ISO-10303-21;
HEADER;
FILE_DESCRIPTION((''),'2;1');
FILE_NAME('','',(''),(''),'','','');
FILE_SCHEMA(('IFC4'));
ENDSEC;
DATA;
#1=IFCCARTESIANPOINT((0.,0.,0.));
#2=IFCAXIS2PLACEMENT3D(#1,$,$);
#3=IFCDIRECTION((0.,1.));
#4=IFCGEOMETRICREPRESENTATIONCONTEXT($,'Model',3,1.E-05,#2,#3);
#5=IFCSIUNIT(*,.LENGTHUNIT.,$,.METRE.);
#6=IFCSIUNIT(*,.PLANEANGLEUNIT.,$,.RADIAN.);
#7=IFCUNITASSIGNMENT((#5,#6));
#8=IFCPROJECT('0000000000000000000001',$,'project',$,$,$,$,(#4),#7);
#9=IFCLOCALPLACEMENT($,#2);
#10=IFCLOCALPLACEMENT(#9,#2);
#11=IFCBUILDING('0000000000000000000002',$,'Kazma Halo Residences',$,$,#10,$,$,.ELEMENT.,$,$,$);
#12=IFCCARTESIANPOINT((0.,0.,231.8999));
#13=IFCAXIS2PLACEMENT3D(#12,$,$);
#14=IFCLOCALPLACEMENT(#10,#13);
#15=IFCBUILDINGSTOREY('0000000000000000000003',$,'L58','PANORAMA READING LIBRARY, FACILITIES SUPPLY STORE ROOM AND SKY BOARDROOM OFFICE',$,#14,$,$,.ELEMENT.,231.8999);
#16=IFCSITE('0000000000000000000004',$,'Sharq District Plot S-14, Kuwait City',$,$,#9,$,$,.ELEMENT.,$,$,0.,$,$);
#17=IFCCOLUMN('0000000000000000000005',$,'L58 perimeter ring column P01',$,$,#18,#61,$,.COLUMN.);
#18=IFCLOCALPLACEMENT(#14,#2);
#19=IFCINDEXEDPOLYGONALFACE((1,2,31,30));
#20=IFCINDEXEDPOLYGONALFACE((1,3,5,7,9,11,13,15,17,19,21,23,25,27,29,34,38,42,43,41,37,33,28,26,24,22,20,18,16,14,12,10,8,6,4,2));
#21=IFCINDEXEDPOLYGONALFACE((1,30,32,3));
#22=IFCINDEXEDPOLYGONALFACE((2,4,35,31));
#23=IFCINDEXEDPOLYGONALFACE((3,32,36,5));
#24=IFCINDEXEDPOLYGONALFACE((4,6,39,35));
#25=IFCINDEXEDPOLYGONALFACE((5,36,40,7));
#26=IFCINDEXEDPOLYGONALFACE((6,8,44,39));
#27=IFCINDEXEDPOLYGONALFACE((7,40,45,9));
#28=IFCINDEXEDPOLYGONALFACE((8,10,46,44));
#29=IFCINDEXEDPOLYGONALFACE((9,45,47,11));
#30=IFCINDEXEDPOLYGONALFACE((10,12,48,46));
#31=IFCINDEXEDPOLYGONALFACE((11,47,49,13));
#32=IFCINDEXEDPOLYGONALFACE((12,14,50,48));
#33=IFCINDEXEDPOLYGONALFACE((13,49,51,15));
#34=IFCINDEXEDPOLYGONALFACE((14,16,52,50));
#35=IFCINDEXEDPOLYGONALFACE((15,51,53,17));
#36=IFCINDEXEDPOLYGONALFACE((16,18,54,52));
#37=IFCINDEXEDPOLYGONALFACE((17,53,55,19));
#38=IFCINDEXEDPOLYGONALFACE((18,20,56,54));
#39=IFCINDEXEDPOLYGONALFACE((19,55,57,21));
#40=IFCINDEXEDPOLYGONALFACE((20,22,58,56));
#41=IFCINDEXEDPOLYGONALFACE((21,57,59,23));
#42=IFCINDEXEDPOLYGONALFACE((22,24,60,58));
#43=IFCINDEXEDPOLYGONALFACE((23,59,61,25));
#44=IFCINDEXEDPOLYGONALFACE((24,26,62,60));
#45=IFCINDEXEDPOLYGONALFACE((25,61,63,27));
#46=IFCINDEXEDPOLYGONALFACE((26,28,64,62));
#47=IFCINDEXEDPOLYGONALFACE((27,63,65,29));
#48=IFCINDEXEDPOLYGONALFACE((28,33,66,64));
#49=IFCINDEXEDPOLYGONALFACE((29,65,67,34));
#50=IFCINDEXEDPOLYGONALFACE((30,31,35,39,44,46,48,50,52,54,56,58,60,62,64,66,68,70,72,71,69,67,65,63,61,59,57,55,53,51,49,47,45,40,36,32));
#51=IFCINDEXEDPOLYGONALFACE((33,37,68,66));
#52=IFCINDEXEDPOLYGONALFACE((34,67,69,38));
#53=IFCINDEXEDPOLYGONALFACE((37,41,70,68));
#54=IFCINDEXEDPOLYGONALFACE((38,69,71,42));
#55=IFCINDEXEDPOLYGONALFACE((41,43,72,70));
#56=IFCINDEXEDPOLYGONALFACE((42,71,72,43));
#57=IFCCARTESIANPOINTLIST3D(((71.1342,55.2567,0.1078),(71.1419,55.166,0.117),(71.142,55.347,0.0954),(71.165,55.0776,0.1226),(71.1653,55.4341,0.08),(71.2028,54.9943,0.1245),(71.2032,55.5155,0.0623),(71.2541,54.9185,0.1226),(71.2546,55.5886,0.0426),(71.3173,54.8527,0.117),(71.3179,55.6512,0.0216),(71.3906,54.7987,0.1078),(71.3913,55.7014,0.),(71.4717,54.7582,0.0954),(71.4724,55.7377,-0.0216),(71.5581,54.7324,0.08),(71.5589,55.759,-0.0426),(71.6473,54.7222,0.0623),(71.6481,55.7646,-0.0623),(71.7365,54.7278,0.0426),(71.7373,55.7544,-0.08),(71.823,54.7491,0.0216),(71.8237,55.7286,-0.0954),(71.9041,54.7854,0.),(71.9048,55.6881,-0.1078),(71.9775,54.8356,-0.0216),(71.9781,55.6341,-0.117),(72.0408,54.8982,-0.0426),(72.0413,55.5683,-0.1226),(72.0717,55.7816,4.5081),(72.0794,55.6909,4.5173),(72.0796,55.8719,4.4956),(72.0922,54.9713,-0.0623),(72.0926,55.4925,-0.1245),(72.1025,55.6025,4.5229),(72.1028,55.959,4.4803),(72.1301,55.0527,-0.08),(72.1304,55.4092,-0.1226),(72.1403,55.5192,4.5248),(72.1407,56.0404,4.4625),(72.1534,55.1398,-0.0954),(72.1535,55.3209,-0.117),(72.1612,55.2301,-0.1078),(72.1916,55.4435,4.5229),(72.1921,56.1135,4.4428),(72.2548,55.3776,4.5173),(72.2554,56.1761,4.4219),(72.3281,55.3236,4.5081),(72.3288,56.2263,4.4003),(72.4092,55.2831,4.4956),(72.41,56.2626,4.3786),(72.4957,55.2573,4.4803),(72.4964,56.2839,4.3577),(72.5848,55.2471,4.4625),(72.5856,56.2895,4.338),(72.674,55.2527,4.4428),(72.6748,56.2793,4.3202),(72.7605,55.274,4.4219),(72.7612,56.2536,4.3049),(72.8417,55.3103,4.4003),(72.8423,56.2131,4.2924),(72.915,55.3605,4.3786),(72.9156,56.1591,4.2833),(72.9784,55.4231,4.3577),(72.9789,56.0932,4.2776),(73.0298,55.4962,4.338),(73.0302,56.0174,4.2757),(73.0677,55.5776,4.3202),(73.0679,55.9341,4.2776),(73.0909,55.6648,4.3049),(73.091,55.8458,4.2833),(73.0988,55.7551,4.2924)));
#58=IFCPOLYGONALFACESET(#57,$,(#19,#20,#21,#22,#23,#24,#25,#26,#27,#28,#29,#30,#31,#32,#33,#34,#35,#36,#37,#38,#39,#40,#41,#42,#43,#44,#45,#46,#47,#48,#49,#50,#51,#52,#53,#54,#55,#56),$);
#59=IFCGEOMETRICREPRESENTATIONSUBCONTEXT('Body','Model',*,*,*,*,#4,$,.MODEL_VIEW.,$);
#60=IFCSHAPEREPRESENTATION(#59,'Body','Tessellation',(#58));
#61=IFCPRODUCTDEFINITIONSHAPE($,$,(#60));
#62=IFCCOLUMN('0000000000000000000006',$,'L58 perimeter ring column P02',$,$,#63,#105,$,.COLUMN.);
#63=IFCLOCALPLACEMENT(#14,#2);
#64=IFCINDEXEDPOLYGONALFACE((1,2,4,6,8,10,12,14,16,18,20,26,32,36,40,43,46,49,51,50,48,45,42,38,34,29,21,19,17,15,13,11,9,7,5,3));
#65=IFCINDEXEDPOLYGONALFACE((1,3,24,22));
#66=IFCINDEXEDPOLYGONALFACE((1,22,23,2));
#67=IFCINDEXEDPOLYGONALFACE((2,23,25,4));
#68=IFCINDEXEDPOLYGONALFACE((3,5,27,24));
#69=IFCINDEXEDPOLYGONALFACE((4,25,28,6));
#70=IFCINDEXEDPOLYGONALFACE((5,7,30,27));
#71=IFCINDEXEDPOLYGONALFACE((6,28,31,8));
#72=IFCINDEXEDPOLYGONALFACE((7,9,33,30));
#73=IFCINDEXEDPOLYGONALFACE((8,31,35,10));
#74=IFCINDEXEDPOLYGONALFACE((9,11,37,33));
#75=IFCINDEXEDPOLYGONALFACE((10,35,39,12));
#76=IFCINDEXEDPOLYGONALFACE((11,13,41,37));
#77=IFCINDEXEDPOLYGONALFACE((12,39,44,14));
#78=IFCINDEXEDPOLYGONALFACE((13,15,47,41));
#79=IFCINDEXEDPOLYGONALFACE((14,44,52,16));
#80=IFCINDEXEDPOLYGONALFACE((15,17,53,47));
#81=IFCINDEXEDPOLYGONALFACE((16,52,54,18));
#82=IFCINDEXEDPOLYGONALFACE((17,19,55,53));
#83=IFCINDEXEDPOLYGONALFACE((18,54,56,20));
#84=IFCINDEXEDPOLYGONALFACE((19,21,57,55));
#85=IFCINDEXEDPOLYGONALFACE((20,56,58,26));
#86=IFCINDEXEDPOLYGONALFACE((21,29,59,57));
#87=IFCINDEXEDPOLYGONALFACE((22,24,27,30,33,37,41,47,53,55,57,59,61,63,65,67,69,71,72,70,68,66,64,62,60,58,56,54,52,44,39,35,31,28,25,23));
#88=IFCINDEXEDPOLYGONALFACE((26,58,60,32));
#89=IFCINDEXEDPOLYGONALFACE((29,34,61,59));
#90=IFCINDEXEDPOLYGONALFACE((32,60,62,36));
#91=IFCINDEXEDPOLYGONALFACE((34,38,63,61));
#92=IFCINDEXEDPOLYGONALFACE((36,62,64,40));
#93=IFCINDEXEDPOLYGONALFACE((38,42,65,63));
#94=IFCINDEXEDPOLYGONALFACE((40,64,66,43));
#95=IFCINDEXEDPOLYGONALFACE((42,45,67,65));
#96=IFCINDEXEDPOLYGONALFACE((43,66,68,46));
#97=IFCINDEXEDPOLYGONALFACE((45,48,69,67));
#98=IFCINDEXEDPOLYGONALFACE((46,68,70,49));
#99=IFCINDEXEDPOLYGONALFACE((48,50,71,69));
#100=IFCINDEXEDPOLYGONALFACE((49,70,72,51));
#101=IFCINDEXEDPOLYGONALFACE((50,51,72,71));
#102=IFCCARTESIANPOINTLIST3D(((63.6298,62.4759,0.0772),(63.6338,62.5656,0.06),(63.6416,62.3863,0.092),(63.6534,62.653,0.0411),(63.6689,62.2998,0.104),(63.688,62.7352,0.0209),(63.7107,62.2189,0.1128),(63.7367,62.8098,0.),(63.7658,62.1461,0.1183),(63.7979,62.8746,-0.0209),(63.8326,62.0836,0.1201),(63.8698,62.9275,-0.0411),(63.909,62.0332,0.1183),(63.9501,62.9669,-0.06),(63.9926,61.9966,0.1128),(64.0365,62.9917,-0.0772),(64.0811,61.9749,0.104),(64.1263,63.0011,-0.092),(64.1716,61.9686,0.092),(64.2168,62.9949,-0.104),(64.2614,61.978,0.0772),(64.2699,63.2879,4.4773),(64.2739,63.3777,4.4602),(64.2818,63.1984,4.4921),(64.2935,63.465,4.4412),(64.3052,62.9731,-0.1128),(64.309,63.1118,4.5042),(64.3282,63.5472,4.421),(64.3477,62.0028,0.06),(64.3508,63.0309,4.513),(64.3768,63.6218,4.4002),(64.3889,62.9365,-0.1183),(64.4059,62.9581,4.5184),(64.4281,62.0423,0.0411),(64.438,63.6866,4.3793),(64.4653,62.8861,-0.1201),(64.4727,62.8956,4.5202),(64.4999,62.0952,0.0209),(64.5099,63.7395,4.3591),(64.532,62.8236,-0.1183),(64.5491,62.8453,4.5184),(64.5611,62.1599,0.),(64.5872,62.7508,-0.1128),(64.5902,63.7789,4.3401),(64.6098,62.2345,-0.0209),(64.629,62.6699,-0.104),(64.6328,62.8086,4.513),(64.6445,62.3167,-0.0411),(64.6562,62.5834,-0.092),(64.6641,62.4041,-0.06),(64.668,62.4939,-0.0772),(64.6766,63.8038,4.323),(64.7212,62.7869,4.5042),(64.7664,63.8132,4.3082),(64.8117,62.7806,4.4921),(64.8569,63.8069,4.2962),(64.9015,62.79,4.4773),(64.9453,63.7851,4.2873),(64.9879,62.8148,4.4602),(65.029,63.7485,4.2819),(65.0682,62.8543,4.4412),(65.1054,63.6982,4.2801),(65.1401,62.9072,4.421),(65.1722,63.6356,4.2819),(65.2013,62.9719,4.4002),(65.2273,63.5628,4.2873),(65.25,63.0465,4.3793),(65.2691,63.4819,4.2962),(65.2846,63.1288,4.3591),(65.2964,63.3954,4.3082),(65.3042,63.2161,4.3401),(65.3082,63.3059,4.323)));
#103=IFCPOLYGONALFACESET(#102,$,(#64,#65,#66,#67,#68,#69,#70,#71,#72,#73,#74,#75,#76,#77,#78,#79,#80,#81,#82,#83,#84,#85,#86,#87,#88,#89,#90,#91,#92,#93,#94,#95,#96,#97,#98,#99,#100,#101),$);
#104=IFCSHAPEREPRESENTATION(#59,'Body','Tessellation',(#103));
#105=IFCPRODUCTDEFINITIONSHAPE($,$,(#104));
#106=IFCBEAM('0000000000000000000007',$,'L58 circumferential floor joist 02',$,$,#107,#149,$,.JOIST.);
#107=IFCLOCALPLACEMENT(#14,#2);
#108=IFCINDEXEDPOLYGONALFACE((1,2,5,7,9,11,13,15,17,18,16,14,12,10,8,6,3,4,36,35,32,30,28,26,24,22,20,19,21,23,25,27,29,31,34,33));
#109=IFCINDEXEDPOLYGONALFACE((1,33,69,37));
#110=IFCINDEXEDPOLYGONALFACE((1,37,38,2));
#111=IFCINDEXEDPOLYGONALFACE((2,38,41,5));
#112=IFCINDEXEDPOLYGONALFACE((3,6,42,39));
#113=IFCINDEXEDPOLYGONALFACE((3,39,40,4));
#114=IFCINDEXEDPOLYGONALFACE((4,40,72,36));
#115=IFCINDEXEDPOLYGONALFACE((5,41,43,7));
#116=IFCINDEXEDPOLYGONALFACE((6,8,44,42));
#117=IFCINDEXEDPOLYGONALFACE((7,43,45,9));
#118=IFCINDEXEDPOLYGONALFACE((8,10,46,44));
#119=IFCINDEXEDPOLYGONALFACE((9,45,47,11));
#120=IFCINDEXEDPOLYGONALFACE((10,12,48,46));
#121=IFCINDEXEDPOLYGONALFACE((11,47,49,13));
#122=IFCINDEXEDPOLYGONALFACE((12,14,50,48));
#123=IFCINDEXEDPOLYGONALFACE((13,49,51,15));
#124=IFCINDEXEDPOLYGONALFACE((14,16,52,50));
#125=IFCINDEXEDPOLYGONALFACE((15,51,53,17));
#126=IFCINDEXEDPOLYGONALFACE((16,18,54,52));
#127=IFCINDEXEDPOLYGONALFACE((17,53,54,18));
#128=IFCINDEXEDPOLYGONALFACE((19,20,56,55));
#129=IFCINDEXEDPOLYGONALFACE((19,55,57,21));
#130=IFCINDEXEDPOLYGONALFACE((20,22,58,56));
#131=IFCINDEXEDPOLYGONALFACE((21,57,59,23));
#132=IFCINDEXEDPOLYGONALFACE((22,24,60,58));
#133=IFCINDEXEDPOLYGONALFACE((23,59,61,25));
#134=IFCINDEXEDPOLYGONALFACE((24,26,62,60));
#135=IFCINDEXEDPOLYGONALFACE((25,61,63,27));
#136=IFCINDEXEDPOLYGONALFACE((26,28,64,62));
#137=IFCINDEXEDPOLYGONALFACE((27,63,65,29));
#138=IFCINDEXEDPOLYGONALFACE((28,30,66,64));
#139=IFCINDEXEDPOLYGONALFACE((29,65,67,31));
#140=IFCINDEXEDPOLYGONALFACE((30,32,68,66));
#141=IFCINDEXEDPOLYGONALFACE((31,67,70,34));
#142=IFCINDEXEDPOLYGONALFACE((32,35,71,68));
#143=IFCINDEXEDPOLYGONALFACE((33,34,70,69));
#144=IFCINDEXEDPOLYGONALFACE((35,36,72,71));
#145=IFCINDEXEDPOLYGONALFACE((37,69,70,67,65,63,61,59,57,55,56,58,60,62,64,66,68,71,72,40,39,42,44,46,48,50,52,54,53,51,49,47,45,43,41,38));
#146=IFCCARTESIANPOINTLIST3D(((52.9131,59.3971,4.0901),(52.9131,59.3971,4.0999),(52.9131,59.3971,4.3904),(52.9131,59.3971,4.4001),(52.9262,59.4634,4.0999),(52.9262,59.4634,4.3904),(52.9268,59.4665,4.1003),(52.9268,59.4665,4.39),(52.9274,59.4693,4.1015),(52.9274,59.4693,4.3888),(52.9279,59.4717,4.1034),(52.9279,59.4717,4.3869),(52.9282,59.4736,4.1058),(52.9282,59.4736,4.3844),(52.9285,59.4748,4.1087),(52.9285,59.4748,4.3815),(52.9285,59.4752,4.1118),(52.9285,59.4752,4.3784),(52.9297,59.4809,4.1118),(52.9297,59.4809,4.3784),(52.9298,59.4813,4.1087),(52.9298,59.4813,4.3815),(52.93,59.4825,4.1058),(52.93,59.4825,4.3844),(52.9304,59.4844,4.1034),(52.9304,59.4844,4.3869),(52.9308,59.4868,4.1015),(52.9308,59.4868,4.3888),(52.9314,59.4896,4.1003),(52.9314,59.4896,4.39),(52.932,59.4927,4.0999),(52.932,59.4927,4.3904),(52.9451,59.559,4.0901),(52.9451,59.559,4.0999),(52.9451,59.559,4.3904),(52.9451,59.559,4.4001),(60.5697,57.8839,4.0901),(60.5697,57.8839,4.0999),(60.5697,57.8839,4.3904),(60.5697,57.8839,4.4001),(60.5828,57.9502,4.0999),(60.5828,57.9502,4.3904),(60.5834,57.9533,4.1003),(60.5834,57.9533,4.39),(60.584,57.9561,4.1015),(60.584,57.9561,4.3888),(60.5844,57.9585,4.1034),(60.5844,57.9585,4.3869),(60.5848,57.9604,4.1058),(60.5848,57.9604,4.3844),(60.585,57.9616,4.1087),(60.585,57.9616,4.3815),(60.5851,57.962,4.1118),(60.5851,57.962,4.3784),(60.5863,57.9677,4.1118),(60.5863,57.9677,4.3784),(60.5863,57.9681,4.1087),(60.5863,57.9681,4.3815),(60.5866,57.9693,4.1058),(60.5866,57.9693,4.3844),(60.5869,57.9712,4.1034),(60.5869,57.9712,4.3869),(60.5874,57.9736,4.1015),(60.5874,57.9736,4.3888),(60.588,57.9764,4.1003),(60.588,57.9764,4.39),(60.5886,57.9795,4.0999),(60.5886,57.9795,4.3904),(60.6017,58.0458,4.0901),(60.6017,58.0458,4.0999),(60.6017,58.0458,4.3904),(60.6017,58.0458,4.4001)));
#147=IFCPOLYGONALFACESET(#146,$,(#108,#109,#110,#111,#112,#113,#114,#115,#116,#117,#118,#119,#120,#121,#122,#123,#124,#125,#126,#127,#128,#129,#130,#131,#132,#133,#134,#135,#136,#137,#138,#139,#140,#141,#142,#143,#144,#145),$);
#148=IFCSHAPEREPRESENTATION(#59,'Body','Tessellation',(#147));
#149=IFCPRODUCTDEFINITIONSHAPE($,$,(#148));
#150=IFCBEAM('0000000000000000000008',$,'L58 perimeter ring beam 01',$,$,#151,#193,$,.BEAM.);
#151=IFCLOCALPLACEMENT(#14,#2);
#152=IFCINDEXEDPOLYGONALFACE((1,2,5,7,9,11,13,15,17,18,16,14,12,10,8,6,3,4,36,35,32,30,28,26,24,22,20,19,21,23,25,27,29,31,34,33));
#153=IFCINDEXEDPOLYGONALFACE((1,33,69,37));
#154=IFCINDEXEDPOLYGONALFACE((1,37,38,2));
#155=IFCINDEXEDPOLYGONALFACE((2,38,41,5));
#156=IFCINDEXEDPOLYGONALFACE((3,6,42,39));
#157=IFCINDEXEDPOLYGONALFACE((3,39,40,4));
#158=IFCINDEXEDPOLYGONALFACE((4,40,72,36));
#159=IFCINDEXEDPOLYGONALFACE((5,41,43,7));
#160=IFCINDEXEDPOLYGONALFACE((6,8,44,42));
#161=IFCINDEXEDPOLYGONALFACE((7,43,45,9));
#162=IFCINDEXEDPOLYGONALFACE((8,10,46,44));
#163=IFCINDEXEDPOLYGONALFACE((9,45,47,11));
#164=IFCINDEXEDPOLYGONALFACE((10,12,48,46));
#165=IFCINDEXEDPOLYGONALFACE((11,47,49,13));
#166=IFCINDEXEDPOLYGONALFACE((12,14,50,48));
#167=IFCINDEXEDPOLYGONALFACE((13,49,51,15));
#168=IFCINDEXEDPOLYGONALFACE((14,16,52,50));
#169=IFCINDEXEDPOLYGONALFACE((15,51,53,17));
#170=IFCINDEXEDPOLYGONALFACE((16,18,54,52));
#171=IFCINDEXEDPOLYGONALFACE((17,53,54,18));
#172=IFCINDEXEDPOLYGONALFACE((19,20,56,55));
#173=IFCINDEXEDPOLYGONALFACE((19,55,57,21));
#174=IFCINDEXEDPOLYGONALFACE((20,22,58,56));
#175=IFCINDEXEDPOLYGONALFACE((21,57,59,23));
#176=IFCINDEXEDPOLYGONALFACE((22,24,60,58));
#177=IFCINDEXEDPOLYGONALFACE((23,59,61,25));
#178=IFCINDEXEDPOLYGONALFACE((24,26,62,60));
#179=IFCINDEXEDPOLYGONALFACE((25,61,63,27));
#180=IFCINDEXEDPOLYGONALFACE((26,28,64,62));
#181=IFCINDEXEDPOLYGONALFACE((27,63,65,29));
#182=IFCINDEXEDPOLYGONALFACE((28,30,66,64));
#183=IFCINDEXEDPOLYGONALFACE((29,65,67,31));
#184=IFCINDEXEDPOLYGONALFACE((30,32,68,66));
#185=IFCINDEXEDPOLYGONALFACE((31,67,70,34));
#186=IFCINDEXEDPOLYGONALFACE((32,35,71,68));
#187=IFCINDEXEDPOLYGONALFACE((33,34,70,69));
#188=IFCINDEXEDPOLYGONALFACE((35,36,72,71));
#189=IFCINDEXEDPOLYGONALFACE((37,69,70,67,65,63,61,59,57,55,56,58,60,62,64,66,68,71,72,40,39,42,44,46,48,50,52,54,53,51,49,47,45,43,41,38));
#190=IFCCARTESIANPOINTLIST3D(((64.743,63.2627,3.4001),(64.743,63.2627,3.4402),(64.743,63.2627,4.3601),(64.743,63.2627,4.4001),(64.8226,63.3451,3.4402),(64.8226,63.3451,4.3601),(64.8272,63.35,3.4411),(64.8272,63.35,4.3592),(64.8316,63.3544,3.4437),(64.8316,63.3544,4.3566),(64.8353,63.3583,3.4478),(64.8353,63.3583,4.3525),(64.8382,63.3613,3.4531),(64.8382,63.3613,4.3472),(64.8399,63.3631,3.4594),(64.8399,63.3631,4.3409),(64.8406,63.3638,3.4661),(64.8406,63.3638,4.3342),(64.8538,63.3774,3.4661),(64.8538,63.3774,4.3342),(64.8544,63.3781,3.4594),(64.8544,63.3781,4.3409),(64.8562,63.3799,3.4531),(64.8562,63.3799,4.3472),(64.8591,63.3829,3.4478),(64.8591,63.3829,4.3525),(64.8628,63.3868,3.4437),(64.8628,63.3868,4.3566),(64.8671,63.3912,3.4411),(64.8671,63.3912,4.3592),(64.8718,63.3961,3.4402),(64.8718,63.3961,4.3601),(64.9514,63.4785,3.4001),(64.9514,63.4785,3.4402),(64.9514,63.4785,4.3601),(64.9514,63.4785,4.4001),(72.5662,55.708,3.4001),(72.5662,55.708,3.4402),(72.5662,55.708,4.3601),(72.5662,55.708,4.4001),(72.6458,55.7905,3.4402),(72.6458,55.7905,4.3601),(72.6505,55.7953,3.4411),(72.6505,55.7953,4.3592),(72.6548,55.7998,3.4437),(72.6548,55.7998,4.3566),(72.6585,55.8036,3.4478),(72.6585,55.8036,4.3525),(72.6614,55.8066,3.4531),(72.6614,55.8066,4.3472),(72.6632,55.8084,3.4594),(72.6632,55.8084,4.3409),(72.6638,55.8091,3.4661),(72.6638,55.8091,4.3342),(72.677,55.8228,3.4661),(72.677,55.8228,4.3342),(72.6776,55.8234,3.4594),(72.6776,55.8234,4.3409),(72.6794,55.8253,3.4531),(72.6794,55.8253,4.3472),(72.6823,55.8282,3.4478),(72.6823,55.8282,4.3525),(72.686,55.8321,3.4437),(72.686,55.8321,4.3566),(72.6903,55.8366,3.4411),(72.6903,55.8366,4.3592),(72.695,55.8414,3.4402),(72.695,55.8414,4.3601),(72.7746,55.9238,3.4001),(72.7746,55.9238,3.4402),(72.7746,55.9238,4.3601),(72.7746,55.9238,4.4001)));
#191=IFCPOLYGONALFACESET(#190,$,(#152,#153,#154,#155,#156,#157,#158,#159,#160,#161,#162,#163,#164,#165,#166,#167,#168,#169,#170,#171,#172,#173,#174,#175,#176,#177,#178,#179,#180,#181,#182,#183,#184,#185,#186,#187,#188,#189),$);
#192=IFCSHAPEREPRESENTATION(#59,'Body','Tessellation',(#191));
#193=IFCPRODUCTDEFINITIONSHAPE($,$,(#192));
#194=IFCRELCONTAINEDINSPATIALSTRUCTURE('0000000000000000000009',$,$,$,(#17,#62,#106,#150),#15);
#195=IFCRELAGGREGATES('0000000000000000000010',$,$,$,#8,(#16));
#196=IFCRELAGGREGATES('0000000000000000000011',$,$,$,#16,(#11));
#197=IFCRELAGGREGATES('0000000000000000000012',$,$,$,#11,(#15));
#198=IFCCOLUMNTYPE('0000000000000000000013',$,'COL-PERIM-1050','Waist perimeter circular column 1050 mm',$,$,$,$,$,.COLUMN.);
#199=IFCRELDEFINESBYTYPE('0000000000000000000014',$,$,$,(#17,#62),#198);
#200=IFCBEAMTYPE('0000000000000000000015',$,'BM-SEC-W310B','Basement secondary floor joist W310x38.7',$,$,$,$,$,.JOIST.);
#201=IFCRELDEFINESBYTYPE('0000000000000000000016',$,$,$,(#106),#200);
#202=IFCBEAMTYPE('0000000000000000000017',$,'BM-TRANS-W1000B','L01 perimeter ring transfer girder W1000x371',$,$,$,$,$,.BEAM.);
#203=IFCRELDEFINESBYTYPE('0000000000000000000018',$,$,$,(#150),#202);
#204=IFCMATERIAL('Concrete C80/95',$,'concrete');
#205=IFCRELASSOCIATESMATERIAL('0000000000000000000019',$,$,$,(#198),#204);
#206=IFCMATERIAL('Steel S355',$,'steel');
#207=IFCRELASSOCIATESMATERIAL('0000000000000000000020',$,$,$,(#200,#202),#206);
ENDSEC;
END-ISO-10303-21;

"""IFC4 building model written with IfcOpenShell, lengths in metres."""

from ifc_helpers import new_model, si_unit, direction, frame, origin, origin_2d, place, context, subcontext, project, spatial, circle, i_section, extrude, material, material_profile, profile_set, type_object, element, save


model = new_model("IFC4")

# Units and contexts
model_context = context("Model", 3, precision=1e-05, world=origin(), true_north=direction((0.0, 1.0)))
body_context = subcontext(model_context, "Body", "Model", "MODEL_VIEW")
ifc_project = project(units=[si_unit("LENGTHUNIT", "METRE"), si_unit("PLANEANGLEUNIT", "RADIAN")], contexts=[model_context])

# Site, building, storey
site_placement = place(None, origin())
site = spatial("IfcSite", under=ifc_project, at=site_placement, Name="Sharq District Plot S-14, Kuwait City", CompositionType="ELEMENT", RefElevation=0.0)
building_placement = place(site_placement, origin())
building = spatial("IfcBuilding", under=site, at=building_placement, Name="Kazma Halo Residences", CompositionType="ELEMENT")
storey_placement = place(building_placement, frame((0.0, 0.0, 231.8999)))
storey = spatial("IfcBuildingStorey", under=building, at=storey_placement, Name="L58", Description="PANORAMA READING LIBRARY, FACILITIES SUPPLY STORE ROOM AND SKY BOARDROOM OFFICE", CompositionType="ELEMENT", Elevation=231.8999)

# Columns
ifc_material_1 = material(Name="Concrete C80/95", Category="concrete")
ifc_material_profile_1 = material_profile(ifc_material_1, circle(Radius=0.5249, at=origin_2d()), Name="CIRC1050")
ifc_profile_set_1 = profile_set([ifc_material_profile_1], Name="Concrete C80/95")
column_type = type_object("IfcColumnType", Name="COL-PERIM-1050", Description="Waist perimeter circular column 1050 mm", PredefinedType="COLUMN", material=ifc_profile_set_1)
column_1_placement = place(storey_placement, frame((71.6477, 55.2434, 0.0), z_axis=(0.20698, 0.115887, 0.971457), x_axis=(-0.488534, 0.872545, 0.0)))
element("IfcColumn", 1, at=column_1_placement, inside=storey, type_object=column_type, Name="L58 perimeter ring column P01", PredefinedType="COLUMN", context=body_context, shape_type="SweptSolid", body=[
    extrude(circle(Radius=0.5249, at=origin_2d()), origin(), (0.0, 0.0, 1.0), 4.5295),
])
column_2_placement = place(storey_placement, frame((64.1489, 62.4849, 0.0), z_axis=(0.141623, 0.179648, 0.973483), x_axis=(-0.785318, 0.619093, 0.0)))
element("IfcColumn", 2, at=column_2_placement, inside=storey, type_object=column_type, Name="L58 perimeter ring column P02", PredefinedType="COLUMN", context=body_context, shape_type="SweptSolid", body=[
    extrude(circle(Radius=0.5249, at=origin_2d()), origin(), (0.0, 0.0, 1.0), 4.52),
])

# Beams
ifc_material_2 = material(Name="Steel S355", Category="steel")
ifc_material_profile_2 = material_profile(ifc_material_2, i_section(OverallWidth=0.165, OverallDepth=0.3101, WebThickness=0.0059, FlangeThickness=0.0098, FilletRadius=0.012, at=origin_2d()), Name="W310x38.7")
ifc_profile_set_2 = profile_set([ifc_material_profile_2], Name="Steel S355")
beam_type_1 = type_object("IfcBeamType", Name="BM-SEC-W310B", Description="Basement secondary floor joist W310x38.7", PredefinedType="JOIST", material=ifc_profile_set_2)
beam_1_placement = place(storey_placement, frame((60.5857, 57.9648, 4.2451), z_axis=(-0.981025, 0.193884, 0.0), x_axis=(-0.193884, -0.981025, 0.0)))
element("IfcBeam", 3, at=beam_1_placement, inside=storey, type_object=beam_type_1, Name="L58 circumferential floor joist 02", PredefinedType="JOIST", context=body_context, shape_type="SweptSolid", body=[
    extrude(i_section(OverallWidth=0.165, OverallDepth=0.3101, WebThickness=0.0059, FlangeThickness=0.0098, FilletRadius=0.012, at=origin_2d()), origin(), (0.0, 0.0, 1.0), 7.8047),
])
ifc_material_profile_3 = material_profile(ifc_material_2, i_section(OverallWidth=0.3, OverallDepth=1.0, WebThickness=0.019, FlangeThickness=0.04, FilletRadius=0.0259, at=origin_2d()), Name="W1000x371")
ifc_profile_set_3 = profile_set([ifc_material_profile_3], Name="Steel S355")
beam_type_2 = type_object("IfcBeamType", Name="BM-TRANS-W1000B", Description="L01 perimeter ring transfer girder W1000x371", PredefinedType="BEAM", material=ifc_profile_set_3)
beam_2_placement = place(storey_placement, frame((72.6704, 55.8159, 3.9001), z_axis=(-0.719346, 0.694652, 0.0), x_axis=(-0.694652, -0.719346, 0.0)))
element("IfcBeam", 4, at=beam_2_placement, inside=storey, type_object=beam_type_2, Name="L58 perimeter ring beam 01", PredefinedType="BEAM", context=body_context, shape_type="SweptSolid", body=[
    extrude(i_section(OverallWidth=0.3, OverallDepth=1.0, WebThickness=0.019, FlangeThickness=0.04, FilletRadius=0.0259, at=origin_2d()), origin(), (0.0, 0.0, 1.0), 10.8755),
])

save(model, "model.ifc")
